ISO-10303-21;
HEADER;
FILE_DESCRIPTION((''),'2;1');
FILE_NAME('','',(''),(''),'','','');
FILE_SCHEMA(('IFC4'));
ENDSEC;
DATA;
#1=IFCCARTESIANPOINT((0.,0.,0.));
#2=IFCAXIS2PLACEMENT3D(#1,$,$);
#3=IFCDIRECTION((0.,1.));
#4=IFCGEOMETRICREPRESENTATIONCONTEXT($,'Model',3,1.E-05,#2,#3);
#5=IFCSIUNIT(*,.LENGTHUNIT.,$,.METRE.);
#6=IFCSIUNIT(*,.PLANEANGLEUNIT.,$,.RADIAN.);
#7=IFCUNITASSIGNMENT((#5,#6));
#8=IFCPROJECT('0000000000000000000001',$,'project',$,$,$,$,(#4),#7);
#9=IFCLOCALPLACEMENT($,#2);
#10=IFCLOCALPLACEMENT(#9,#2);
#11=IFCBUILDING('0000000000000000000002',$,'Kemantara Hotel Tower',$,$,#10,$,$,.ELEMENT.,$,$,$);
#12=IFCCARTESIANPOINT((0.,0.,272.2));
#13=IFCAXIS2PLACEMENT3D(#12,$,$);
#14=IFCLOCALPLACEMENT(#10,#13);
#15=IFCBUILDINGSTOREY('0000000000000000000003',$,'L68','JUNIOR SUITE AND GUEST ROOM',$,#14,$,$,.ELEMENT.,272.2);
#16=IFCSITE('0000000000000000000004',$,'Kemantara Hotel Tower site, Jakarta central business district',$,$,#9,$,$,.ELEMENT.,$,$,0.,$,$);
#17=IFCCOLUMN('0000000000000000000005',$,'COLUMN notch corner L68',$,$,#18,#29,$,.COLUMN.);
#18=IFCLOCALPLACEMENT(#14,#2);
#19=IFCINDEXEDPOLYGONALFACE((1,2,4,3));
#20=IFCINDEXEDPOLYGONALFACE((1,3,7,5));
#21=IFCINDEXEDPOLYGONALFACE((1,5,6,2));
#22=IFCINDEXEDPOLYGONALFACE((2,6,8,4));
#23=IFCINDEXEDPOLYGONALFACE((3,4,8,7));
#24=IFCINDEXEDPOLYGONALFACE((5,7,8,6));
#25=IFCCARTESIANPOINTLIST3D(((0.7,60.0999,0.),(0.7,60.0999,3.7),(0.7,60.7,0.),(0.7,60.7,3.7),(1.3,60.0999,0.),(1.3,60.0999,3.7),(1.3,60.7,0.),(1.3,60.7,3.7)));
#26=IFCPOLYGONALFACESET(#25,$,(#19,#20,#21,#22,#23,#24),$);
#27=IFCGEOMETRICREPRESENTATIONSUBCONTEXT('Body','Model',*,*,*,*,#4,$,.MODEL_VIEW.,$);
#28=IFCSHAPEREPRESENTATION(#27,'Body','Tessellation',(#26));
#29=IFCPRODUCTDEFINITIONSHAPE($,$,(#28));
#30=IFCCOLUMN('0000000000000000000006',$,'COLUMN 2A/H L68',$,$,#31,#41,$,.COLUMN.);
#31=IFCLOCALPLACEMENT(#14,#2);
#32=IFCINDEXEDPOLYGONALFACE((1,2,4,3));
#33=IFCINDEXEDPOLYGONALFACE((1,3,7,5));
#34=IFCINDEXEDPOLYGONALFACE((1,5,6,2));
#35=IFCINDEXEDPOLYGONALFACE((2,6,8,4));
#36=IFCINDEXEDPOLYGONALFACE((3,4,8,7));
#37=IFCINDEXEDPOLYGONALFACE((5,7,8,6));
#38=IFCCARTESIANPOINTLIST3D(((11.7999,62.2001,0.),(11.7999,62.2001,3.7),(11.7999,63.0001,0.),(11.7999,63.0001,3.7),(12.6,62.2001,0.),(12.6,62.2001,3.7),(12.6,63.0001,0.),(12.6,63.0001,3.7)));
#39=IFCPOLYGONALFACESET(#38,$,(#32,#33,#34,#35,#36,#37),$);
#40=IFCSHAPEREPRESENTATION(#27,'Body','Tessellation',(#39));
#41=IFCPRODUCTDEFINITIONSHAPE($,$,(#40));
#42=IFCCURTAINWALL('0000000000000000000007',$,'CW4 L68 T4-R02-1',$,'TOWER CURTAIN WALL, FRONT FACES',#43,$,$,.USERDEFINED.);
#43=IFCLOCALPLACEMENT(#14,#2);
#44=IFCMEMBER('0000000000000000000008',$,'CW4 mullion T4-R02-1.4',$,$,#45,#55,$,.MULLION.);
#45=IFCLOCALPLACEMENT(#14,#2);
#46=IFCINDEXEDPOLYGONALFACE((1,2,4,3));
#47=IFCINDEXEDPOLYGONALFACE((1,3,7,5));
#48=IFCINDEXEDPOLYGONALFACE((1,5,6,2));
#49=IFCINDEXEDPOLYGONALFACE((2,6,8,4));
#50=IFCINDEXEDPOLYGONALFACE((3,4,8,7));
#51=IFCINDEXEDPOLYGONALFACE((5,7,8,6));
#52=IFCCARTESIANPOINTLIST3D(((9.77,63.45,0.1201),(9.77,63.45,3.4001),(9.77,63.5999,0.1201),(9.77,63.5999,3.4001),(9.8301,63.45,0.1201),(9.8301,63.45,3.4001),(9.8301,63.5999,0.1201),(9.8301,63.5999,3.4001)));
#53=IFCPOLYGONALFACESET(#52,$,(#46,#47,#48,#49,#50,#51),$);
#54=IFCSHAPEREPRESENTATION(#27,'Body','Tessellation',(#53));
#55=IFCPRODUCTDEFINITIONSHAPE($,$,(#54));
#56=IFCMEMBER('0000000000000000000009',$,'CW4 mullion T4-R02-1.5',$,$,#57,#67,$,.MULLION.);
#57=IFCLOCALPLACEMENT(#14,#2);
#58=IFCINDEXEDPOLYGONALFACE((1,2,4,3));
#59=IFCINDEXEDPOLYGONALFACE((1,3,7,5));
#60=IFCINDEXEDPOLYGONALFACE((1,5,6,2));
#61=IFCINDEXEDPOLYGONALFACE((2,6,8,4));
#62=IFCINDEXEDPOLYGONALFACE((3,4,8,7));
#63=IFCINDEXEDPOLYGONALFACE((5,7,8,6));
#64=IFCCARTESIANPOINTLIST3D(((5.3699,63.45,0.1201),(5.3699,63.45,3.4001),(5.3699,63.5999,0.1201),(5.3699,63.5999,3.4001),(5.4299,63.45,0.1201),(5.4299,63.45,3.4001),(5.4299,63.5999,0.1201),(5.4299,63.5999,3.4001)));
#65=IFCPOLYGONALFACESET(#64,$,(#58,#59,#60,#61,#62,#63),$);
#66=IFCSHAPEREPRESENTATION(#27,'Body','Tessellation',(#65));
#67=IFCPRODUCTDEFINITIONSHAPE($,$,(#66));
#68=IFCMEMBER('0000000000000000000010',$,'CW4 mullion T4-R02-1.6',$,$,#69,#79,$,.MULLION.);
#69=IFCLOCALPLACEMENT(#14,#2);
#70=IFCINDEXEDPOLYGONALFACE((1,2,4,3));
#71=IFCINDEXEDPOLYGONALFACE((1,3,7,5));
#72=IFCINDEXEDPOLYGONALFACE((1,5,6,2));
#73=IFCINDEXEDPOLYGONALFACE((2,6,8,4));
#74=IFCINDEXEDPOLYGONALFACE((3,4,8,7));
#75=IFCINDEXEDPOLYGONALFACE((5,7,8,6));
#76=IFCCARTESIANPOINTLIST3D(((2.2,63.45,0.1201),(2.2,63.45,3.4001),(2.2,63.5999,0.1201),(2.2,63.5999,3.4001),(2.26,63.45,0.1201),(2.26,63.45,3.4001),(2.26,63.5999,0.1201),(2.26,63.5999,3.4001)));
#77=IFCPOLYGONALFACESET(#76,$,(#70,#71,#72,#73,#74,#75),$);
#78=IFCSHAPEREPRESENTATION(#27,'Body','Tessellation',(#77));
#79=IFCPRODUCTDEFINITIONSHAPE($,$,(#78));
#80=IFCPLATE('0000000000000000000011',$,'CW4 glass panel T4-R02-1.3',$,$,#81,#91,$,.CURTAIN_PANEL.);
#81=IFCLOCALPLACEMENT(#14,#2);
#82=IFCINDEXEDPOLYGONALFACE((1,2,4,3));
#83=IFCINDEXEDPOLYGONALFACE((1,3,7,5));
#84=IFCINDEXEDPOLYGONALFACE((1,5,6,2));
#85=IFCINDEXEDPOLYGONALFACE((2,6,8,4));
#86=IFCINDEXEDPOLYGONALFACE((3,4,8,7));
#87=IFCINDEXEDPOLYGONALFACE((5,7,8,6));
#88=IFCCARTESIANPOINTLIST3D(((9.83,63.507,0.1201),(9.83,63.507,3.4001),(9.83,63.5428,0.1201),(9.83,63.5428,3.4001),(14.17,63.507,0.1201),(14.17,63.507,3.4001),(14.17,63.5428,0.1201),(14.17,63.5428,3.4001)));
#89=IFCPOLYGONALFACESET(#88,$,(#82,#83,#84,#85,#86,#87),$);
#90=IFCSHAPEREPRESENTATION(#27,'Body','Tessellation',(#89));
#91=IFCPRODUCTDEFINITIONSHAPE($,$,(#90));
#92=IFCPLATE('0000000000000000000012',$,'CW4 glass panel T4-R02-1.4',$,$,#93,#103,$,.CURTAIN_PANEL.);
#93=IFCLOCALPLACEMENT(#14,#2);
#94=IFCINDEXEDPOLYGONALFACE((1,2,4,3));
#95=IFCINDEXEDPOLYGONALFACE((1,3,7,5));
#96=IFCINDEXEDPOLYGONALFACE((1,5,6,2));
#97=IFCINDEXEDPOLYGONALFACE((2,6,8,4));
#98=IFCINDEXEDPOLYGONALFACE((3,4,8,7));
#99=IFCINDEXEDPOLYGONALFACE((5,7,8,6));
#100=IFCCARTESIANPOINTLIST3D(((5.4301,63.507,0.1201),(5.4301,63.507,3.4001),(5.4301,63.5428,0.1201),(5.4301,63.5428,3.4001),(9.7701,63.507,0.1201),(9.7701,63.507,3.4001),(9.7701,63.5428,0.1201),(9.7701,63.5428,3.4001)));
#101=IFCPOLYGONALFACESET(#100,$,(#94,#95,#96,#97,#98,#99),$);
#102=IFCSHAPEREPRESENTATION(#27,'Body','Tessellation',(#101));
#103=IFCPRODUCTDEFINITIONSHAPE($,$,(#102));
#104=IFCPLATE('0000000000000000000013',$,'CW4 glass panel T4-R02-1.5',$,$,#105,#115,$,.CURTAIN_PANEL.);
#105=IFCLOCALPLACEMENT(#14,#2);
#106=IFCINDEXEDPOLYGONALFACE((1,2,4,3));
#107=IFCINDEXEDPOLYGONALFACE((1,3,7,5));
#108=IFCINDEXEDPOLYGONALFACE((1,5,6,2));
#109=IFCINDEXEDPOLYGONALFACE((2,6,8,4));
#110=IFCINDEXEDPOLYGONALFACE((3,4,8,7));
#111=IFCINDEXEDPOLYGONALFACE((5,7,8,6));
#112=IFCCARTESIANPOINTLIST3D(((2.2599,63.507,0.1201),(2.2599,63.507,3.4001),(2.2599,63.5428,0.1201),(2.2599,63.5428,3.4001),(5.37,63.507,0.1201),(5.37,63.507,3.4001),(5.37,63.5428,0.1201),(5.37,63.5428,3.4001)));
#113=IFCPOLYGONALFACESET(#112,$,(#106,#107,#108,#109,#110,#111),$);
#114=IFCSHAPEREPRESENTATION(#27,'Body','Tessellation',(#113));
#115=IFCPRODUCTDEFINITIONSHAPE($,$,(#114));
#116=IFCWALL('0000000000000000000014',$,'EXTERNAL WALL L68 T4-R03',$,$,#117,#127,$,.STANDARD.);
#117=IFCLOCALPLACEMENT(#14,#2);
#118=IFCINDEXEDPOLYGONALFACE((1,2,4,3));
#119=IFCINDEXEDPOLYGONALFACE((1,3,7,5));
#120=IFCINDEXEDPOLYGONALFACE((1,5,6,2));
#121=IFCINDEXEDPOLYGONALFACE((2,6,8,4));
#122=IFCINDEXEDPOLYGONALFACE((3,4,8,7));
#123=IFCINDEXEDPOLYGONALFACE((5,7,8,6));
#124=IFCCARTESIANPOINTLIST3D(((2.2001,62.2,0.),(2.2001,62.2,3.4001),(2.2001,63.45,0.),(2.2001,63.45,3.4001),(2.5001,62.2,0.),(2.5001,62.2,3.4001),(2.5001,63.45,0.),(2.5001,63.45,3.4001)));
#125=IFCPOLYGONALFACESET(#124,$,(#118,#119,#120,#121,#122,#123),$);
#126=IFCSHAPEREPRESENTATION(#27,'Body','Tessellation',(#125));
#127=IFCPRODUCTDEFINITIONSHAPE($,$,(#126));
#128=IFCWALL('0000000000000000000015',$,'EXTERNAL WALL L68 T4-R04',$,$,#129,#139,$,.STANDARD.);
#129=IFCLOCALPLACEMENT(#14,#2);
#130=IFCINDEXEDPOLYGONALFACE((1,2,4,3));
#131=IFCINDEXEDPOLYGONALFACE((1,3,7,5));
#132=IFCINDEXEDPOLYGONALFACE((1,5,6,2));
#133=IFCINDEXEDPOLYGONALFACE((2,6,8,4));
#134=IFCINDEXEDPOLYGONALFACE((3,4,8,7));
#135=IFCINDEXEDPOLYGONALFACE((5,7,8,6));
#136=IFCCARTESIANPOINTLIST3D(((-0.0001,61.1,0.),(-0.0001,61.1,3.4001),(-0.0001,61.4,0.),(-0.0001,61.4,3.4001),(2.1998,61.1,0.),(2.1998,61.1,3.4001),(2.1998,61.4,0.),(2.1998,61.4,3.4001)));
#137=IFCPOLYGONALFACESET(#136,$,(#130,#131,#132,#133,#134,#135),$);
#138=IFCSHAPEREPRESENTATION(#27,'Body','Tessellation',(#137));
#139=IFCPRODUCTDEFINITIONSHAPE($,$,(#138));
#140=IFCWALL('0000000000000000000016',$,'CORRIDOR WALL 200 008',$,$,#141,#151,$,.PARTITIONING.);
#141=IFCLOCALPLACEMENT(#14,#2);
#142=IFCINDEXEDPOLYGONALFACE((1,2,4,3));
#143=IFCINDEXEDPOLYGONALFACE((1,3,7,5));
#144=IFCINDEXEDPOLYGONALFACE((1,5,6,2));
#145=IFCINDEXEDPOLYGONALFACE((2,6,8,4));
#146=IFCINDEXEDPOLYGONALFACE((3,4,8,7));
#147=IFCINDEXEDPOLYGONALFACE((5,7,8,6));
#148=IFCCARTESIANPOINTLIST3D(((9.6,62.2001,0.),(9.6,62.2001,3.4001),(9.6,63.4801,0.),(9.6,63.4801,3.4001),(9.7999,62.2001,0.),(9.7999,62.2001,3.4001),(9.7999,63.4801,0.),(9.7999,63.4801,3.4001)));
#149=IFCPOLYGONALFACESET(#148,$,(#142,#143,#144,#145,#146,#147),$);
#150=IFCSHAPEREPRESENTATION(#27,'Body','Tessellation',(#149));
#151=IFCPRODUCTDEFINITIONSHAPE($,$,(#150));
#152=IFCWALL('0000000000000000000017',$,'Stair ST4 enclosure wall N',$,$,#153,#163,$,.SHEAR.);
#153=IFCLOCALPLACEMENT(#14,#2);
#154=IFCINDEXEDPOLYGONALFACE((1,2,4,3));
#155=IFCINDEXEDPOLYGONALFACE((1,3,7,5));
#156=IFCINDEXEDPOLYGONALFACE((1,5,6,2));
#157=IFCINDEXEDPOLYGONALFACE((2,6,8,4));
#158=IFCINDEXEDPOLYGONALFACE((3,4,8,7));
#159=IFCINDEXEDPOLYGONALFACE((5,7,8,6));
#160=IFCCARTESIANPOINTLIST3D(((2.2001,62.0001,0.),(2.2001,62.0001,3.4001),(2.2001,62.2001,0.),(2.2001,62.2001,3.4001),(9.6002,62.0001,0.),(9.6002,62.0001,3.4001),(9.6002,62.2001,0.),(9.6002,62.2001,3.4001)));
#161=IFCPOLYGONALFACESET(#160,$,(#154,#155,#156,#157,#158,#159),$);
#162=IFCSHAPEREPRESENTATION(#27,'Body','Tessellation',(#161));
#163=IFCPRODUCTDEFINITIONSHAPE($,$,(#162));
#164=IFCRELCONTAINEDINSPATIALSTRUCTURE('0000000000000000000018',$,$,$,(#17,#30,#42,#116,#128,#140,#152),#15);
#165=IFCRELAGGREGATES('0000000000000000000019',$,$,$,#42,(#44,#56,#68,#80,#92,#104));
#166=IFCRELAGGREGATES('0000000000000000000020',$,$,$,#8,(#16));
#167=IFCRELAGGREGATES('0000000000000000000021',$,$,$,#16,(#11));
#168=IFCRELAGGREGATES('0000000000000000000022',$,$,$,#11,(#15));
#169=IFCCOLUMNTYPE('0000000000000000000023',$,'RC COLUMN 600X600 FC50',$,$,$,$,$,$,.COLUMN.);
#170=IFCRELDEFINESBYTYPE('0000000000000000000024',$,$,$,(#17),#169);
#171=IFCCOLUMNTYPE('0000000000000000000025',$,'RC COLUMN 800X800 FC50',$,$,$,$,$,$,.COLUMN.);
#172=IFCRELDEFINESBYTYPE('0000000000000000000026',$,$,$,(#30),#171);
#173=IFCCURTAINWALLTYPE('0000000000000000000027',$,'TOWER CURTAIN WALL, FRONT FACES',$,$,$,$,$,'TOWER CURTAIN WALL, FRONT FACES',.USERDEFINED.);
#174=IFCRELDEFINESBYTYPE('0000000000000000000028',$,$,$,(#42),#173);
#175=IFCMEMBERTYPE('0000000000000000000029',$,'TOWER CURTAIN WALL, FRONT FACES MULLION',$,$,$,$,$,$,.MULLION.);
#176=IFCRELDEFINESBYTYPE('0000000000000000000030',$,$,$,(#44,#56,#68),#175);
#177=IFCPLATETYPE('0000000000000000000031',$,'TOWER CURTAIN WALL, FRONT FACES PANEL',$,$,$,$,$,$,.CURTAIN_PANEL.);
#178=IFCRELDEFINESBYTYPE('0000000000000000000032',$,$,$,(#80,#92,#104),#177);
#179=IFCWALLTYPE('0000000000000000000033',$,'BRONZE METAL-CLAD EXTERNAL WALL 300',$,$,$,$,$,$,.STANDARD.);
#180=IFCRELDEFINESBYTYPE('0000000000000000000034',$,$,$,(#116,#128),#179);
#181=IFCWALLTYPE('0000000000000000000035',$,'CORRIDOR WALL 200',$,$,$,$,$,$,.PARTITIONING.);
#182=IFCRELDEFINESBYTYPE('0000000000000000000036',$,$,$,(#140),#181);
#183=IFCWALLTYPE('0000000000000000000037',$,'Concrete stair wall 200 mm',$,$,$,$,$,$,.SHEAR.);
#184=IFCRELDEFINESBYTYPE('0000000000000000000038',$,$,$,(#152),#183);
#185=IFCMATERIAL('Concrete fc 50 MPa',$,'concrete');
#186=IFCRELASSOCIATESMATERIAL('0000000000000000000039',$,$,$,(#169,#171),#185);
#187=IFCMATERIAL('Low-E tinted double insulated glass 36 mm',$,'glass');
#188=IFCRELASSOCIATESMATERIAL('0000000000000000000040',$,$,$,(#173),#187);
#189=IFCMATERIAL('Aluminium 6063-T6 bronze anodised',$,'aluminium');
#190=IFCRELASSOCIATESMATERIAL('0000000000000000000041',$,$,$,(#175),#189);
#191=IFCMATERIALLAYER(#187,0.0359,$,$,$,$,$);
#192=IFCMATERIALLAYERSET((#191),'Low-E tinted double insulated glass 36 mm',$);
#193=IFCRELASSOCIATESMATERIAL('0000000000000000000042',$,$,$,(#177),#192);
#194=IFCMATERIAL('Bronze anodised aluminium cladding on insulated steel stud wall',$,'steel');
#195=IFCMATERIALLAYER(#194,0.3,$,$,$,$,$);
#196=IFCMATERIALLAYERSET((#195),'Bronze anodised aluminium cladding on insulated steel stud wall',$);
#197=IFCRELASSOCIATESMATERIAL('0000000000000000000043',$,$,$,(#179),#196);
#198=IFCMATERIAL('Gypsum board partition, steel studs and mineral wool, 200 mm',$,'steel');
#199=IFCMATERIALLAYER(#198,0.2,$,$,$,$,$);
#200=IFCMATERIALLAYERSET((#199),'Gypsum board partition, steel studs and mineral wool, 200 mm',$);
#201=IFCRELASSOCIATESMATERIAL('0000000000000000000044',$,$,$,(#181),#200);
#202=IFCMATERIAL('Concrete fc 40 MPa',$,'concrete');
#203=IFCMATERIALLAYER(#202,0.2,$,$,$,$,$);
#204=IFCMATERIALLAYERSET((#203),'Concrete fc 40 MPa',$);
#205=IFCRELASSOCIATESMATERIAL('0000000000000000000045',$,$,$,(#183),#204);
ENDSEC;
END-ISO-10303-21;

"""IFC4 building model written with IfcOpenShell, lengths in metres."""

from ifc_helpers import new_model, si_unit, direction, frame, frame_2d, origin, origin_2d, place, context, subcontext, project, spatial, rectangle, extrude, source, transform, mapped, material, layer, layer_set, material_profile, profile_set, type_object, element, aggregate, save


model = new_model("IFC4")

# Units and contexts
model_context = context("Model", 3, precision=1e-05, world=origin(), true_north=direction((0.0, 1.0)))
body_context = subcontext(model_context, "Body", "Model", "MODEL_VIEW")
ifc_project = project(units=[si_unit("LENGTHUNIT", "METRE"), si_unit("PLANEANGLEUNIT", "RADIAN")], contexts=[model_context])

# Site, building, storey
site_placement = place(None, origin())
site = spatial("IfcSite", under=ifc_project, at=site_placement, Name="Kemantara Hotel Tower site, Jakarta central business district", CompositionType="ELEMENT", RefElevation=0.0)
building_placement = place(site_placement, origin())
building = spatial("IfcBuilding", under=site, at=building_placement, Name="Kemantara Hotel Tower", CompositionType="ELEMENT")
storey_placement = place(building_placement, frame((0.0, 0.0, 272.2)))
storey = spatial("IfcBuildingStorey", under=building, at=storey_placement, Name="L68", Description="JUNIOR SUITE AND GUEST ROOM", CompositionType="ELEMENT", Elevation=272.2)

# Columns
ifc_material_1 = material(Name="Concrete fc 50 MPa", Category="concrete")
ifc_material_profile_1 = material_profile(ifc_material_1, rectangle(XDim=0.6001, YDim=0.6001, at=origin_2d()), Name="RC 600X600")
ifc_profile_set_1 = profile_set([ifc_material_profile_1], Name="Concrete fc 50 MPa")
column_type_1 = type_object("IfcColumnType", Name="RC COLUMN 600X600 FC50", PredefinedType="COLUMN", material=ifc_profile_set_1)
column_1_placement = place(storey_placement, frame((1.0, 60.3999, 0.0), z_axis=(0.0, 0.0, 1.0), x_axis=(1.0, 0.0, 0.0)))
element("IfcColumn", 1, at=column_1_placement, inside=storey, type_object=column_type_1, Name="COLUMN notch corner L68", PredefinedType="COLUMN", context=body_context, shape_type="SweptSolid", body=[
    extrude(rectangle(XDim=0.6001, YDim=0.6001, at=origin_2d()), origin(), (0.0, 0.0, 1.0), 3.7),
])
ifc_material_profile_2 = material_profile(ifc_material_1, rectangle(XDim=0.8, YDim=0.8, at=origin_2d()), Name="RC 800X800")
ifc_profile_set_2 = profile_set([ifc_material_profile_2], Name="Concrete fc 50 MPa")
column_type_2 = type_object("IfcColumnType", Name="RC COLUMN 800X800 FC50", PredefinedType="COLUMN", material=ifc_profile_set_2)
column_2_placement = place(storey_placement, frame((12.2, 62.6001, 0.0), z_axis=(0.0, 0.0, 1.0), x_axis=(1.0, 0.0, 0.0)))
element("IfcColumn", 2, at=column_2_placement, inside=storey, type_object=column_type_2, Name="COLUMN 2A/H L68", PredefinedType="COLUMN", context=body_context, shape_type="SweptSolid", body=[
    extrude(rectangle(XDim=0.8, YDim=0.8, at=origin_2d()), origin(), (0.0, 0.0, 1.0), 3.7),
])

# Curtain wall, members, plates
ifc_material_2 = material(Name="Low-E tinted double insulated glass 36 mm", Category="glass")
curtain_wall_type = type_object("IfcCurtainWallType", Name="TOWER CURTAIN WALL, FRONT FACES", ElementType="TOWER CURTAIN WALL, FRONT FACES", PredefinedType="USERDEFINED", material=ifc_material_2)
curtain_wall_placement = place(storey_placement, origin())
curtain_wall = element("IfcCurtainWall", 3, at=curtain_wall_placement, inside=storey, type_object=curtain_wall_type, Name="CW4 L68 T4-R02-1", ObjectType="TOWER CURTAIN WALL, FRONT FACES", PredefinedType="USERDEFINED")
ifc_material_3 = material(Name="Aluminium 6063-T6 bronze anodised", Category="aluminium")
ifc_material_profile_3 = material_profile(ifc_material_3, rectangle(XDim=0.1499, YDim=0.0601, at=origin_2d()), Name="TOWER CURTAIN WALL, FRONT FACES MULLION")
ifc_profile_set_3 = profile_set([ifc_material_profile_3], Name="Aluminium 6063-T6 bronze anodised")
member_type = type_object("IfcMemberType", Name="TOWER CURTAIN WALL, FRONT FACES MULLION", PredefinedType="MULLION", material=ifc_profile_set_3)
shared_shape_1 = source(origin(), body_context, "Body", "SweptSolid", [
    extrude(rectangle(XDim=0.1499, YDim=0.0601, at=origin_2d()), origin(), (0.0, 0.0, 1.0), 3.28),
])
member_1_placement = place(storey_placement, frame((9.8, 63.5249, 0.1201), z_axis=(0.0, 0.0, 1.0), x_axis=(0.0, -1.0, 0.0)))
member_1 = element("IfcMember", 4, at=member_1_placement, type_object=member_type, Name="CW4 mullion T4-R02-1.4", PredefinedType="MULLION", context=body_context, shape_type="MappedRepresentation", body=[
    mapped(shared_shape_1, transform((0.0, 0.0, 0.0))),
])
member_2_placement = place(storey_placement, frame((5.3999, 63.5249, 0.1201), z_axis=(0.0, 0.0, 1.0), x_axis=(0.0, -1.0, 0.0)))
member_2 = element("IfcMember", 5, at=member_2_placement, type_object=member_type, Name="CW4 mullion T4-R02-1.5", PredefinedType="MULLION", context=body_context, shape_type="MappedRepresentation", body=[
    mapped(shared_shape_1, transform((0.0, 0.0, 0.0))),
])
member_3_placement = place(storey_placement, frame((2.23, 63.5249, 0.1201), z_axis=(0.0, 0.0, 1.0), x_axis=(0.0, -1.0, 0.0)))
member_3 = element("IfcMember", 6, at=member_3_placement, type_object=member_type, Name="CW4 mullion T4-R02-1.6", PredefinedType="MULLION", context=body_context, shape_type="MappedRepresentation", body=[
    mapped(shared_shape_1, transform((0.0, 0.0, 0.0))),
])
ifc_layer_1 = layer(ifc_material_2, 0.0359)
ifc_layer_set_1 = layer_set([ifc_layer_1], Name="Low-E tinted double insulated glass 36 mm")
plate_type = type_object("IfcPlateType", Name="TOWER CURTAIN WALL, FRONT FACES PANEL", PredefinedType="CURTAIN_PANEL", material=ifc_layer_set_1)
shared_shape_2 = source(origin(), body_context, "Body", "SweptSolid", [
    extrude(rectangle(XDim=4.3401, YDim=0.0359, at=origin_2d()), origin(), (0.0, 0.0, 1.0), 3.28),
])
plate_1_placement = place(storey_placement, frame((12.0, 63.5249, 0.1201), z_axis=(0.0, 0.0, 1.0), x_axis=(-1.0, 0.0, 0.0)))
plate_1 = element("IfcPlate", 7, at=plate_1_placement, type_object=plate_type, Name="CW4 glass panel T4-R02-1.3", PredefinedType="CURTAIN_PANEL", context=body_context, shape_type="MappedRepresentation", body=[
    mapped(shared_shape_2, transform((0.0, 0.0, 0.0))),
])
plate_2_placement = place(storey_placement, frame((7.6001, 63.5249, 0.1201), z_axis=(0.0, 0.0, 1.0), x_axis=(-1.0, 0.0, 0.0)))
plate_2 = element("IfcPlate", 8, at=plate_2_placement, type_object=plate_type, Name="CW4 glass panel T4-R02-1.4", PredefinedType="CURTAIN_PANEL", context=body_context, shape_type="MappedRepresentation", body=[
    mapped(shared_shape_2, transform((0.0, 0.0, 0.0))),
])
shared_shape_3 = source(origin(), body_context, "Body", "SweptSolid", [
    extrude(rectangle(XDim=3.1101, YDim=0.0359, at=origin_2d()), origin(), (0.0, 0.0, 1.0), 3.28),
])
plate_3_placement = place(storey_placement, frame((3.8149, 63.5249, 0.1201), z_axis=(0.0, 0.0, 1.0), x_axis=(-1.0, 0.0, 0.0)))
plate_3 = element("IfcPlate", 9, at=plate_3_placement, type_object=plate_type, Name="CW4 glass panel T4-R02-1.5", PredefinedType="CURTAIN_PANEL", context=body_context, shape_type="MappedRepresentation", body=[
    mapped(shared_shape_3, transform((0.0, 0.0, 0.0))),
])
aggregate(curtain_wall, [member_1, member_2, member_3, plate_1, plate_2, plate_3])

# Walls
ifc_material_4 = material(Name="Bronze anodised aluminium cladding on insulated steel stud wall", Category="steel")
ifc_layer_2 = layer(ifc_material_4, 0.3)
ifc_layer_set_2 = layer_set([ifc_layer_2], Name="Bronze anodised aluminium cladding on insulated steel stud wall")
wall_type_1 = type_object("IfcWallType", Name="BRONZE METAL-CLAD EXTERNAL WALL 300", PredefinedType="STANDARD", material=ifc_layer_set_2)
wall_1_placement = place(storey_placement, frame((2.3501, 63.45, 0.0), z_axis=(0.0, 0.0, 1.0), x_axis=(0.0, -1.0, 0.0)))
element("IfcWall", 10, at=wall_1_placement, inside=storey, type_object=wall_type_1, Name="EXTERNAL WALL L68 T4-R03", PredefinedType="STANDARD", context=body_context, shape_type="SweptSolid", body=[
    extrude(rectangle(XDim=1.25, YDim=0.3, at=frame_2d((0.625, 0.0))), origin(), (0.0, 0.0, 1.0), 3.4001),
])
wall_2_placement = place(storey_placement, frame((2.2, 61.25, 0.0), z_axis=(0.0, 0.0, 1.0), x_axis=(-1.0, 0.0, 0.0)))
element("IfcWall", 11, at=wall_2_placement, inside=storey, type_object=wall_type_1, Name="EXTERNAL WALL L68 T4-R04", PredefinedType="STANDARD", context=body_context, shape_type="SweptSolid", body=[
    extrude(rectangle(XDim=2.2, YDim=0.3, at=frame_2d((1.1001, 0.0))), origin(), (0.0, 0.0, 1.0), 3.4001),
])

# Walls
ifc_material_5 = material(Name="Gypsum board partition, steel studs and mineral wool, 200 mm", Category="steel")
ifc_layer_3 = layer(ifc_material_5, 0.2)
ifc_layer_set_3 = layer_set([ifc_layer_3], Name="Gypsum board partition, steel studs and mineral wool, 200 mm")
wall_type_2 = type_object("IfcWallType", Name="CORRIDOR WALL 200", PredefinedType="PARTITIONING", material=ifc_layer_set_3)
wall_3_placement = place(storey_placement, frame((9.7, 62.2, 0.0), z_axis=(0.0, 0.0, 1.0), x_axis=(0.0, 1.0, 0.0)))
element("IfcWall", 12, at=wall_3_placement, inside=storey, type_object=wall_type_2, Name="CORRIDOR WALL 200 008", PredefinedType="PARTITIONING", context=body_context, shape_type="SweptSolid", body=[
    extrude(rectangle(XDim=1.28, YDim=0.2, at=frame_2d((0.6401, 0.0))), origin(), (0.0, 0.0, 1.0), 3.4001),
])
ifc_material_6 = material(Name="Concrete fc 40 MPa", Category="concrete")
ifc_layer_4 = layer(ifc_material_6, 0.2)
ifc_layer_set_4 = layer_set([ifc_layer_4], Name="Concrete fc 40 MPa")
wall_type_3 = type_object("IfcWallType", Name="Concrete stair wall 200 mm", PredefinedType="SHEAR", material=ifc_layer_set_4)
wall_4_placement = place(storey_placement, frame((2.2, 62.1001, 0.0), z_axis=(0.0, 0.0, 1.0), x_axis=(1.0, 0.0, 0.0)))
element("IfcWall", 13, at=wall_4_placement, inside=storey, type_object=wall_type_3, Name="Stair ST4 enclosure wall N", PredefinedType="SHEAR", context=body_context, shape_type="SweptSolid", body=[
    extrude(rectangle(XDim=7.4001, YDim=0.2, at=frame_2d((3.7002, 0.0))), origin(), (0.0, 0.0, 1.0), 3.4001),
])

save(model, "model.ifc")
